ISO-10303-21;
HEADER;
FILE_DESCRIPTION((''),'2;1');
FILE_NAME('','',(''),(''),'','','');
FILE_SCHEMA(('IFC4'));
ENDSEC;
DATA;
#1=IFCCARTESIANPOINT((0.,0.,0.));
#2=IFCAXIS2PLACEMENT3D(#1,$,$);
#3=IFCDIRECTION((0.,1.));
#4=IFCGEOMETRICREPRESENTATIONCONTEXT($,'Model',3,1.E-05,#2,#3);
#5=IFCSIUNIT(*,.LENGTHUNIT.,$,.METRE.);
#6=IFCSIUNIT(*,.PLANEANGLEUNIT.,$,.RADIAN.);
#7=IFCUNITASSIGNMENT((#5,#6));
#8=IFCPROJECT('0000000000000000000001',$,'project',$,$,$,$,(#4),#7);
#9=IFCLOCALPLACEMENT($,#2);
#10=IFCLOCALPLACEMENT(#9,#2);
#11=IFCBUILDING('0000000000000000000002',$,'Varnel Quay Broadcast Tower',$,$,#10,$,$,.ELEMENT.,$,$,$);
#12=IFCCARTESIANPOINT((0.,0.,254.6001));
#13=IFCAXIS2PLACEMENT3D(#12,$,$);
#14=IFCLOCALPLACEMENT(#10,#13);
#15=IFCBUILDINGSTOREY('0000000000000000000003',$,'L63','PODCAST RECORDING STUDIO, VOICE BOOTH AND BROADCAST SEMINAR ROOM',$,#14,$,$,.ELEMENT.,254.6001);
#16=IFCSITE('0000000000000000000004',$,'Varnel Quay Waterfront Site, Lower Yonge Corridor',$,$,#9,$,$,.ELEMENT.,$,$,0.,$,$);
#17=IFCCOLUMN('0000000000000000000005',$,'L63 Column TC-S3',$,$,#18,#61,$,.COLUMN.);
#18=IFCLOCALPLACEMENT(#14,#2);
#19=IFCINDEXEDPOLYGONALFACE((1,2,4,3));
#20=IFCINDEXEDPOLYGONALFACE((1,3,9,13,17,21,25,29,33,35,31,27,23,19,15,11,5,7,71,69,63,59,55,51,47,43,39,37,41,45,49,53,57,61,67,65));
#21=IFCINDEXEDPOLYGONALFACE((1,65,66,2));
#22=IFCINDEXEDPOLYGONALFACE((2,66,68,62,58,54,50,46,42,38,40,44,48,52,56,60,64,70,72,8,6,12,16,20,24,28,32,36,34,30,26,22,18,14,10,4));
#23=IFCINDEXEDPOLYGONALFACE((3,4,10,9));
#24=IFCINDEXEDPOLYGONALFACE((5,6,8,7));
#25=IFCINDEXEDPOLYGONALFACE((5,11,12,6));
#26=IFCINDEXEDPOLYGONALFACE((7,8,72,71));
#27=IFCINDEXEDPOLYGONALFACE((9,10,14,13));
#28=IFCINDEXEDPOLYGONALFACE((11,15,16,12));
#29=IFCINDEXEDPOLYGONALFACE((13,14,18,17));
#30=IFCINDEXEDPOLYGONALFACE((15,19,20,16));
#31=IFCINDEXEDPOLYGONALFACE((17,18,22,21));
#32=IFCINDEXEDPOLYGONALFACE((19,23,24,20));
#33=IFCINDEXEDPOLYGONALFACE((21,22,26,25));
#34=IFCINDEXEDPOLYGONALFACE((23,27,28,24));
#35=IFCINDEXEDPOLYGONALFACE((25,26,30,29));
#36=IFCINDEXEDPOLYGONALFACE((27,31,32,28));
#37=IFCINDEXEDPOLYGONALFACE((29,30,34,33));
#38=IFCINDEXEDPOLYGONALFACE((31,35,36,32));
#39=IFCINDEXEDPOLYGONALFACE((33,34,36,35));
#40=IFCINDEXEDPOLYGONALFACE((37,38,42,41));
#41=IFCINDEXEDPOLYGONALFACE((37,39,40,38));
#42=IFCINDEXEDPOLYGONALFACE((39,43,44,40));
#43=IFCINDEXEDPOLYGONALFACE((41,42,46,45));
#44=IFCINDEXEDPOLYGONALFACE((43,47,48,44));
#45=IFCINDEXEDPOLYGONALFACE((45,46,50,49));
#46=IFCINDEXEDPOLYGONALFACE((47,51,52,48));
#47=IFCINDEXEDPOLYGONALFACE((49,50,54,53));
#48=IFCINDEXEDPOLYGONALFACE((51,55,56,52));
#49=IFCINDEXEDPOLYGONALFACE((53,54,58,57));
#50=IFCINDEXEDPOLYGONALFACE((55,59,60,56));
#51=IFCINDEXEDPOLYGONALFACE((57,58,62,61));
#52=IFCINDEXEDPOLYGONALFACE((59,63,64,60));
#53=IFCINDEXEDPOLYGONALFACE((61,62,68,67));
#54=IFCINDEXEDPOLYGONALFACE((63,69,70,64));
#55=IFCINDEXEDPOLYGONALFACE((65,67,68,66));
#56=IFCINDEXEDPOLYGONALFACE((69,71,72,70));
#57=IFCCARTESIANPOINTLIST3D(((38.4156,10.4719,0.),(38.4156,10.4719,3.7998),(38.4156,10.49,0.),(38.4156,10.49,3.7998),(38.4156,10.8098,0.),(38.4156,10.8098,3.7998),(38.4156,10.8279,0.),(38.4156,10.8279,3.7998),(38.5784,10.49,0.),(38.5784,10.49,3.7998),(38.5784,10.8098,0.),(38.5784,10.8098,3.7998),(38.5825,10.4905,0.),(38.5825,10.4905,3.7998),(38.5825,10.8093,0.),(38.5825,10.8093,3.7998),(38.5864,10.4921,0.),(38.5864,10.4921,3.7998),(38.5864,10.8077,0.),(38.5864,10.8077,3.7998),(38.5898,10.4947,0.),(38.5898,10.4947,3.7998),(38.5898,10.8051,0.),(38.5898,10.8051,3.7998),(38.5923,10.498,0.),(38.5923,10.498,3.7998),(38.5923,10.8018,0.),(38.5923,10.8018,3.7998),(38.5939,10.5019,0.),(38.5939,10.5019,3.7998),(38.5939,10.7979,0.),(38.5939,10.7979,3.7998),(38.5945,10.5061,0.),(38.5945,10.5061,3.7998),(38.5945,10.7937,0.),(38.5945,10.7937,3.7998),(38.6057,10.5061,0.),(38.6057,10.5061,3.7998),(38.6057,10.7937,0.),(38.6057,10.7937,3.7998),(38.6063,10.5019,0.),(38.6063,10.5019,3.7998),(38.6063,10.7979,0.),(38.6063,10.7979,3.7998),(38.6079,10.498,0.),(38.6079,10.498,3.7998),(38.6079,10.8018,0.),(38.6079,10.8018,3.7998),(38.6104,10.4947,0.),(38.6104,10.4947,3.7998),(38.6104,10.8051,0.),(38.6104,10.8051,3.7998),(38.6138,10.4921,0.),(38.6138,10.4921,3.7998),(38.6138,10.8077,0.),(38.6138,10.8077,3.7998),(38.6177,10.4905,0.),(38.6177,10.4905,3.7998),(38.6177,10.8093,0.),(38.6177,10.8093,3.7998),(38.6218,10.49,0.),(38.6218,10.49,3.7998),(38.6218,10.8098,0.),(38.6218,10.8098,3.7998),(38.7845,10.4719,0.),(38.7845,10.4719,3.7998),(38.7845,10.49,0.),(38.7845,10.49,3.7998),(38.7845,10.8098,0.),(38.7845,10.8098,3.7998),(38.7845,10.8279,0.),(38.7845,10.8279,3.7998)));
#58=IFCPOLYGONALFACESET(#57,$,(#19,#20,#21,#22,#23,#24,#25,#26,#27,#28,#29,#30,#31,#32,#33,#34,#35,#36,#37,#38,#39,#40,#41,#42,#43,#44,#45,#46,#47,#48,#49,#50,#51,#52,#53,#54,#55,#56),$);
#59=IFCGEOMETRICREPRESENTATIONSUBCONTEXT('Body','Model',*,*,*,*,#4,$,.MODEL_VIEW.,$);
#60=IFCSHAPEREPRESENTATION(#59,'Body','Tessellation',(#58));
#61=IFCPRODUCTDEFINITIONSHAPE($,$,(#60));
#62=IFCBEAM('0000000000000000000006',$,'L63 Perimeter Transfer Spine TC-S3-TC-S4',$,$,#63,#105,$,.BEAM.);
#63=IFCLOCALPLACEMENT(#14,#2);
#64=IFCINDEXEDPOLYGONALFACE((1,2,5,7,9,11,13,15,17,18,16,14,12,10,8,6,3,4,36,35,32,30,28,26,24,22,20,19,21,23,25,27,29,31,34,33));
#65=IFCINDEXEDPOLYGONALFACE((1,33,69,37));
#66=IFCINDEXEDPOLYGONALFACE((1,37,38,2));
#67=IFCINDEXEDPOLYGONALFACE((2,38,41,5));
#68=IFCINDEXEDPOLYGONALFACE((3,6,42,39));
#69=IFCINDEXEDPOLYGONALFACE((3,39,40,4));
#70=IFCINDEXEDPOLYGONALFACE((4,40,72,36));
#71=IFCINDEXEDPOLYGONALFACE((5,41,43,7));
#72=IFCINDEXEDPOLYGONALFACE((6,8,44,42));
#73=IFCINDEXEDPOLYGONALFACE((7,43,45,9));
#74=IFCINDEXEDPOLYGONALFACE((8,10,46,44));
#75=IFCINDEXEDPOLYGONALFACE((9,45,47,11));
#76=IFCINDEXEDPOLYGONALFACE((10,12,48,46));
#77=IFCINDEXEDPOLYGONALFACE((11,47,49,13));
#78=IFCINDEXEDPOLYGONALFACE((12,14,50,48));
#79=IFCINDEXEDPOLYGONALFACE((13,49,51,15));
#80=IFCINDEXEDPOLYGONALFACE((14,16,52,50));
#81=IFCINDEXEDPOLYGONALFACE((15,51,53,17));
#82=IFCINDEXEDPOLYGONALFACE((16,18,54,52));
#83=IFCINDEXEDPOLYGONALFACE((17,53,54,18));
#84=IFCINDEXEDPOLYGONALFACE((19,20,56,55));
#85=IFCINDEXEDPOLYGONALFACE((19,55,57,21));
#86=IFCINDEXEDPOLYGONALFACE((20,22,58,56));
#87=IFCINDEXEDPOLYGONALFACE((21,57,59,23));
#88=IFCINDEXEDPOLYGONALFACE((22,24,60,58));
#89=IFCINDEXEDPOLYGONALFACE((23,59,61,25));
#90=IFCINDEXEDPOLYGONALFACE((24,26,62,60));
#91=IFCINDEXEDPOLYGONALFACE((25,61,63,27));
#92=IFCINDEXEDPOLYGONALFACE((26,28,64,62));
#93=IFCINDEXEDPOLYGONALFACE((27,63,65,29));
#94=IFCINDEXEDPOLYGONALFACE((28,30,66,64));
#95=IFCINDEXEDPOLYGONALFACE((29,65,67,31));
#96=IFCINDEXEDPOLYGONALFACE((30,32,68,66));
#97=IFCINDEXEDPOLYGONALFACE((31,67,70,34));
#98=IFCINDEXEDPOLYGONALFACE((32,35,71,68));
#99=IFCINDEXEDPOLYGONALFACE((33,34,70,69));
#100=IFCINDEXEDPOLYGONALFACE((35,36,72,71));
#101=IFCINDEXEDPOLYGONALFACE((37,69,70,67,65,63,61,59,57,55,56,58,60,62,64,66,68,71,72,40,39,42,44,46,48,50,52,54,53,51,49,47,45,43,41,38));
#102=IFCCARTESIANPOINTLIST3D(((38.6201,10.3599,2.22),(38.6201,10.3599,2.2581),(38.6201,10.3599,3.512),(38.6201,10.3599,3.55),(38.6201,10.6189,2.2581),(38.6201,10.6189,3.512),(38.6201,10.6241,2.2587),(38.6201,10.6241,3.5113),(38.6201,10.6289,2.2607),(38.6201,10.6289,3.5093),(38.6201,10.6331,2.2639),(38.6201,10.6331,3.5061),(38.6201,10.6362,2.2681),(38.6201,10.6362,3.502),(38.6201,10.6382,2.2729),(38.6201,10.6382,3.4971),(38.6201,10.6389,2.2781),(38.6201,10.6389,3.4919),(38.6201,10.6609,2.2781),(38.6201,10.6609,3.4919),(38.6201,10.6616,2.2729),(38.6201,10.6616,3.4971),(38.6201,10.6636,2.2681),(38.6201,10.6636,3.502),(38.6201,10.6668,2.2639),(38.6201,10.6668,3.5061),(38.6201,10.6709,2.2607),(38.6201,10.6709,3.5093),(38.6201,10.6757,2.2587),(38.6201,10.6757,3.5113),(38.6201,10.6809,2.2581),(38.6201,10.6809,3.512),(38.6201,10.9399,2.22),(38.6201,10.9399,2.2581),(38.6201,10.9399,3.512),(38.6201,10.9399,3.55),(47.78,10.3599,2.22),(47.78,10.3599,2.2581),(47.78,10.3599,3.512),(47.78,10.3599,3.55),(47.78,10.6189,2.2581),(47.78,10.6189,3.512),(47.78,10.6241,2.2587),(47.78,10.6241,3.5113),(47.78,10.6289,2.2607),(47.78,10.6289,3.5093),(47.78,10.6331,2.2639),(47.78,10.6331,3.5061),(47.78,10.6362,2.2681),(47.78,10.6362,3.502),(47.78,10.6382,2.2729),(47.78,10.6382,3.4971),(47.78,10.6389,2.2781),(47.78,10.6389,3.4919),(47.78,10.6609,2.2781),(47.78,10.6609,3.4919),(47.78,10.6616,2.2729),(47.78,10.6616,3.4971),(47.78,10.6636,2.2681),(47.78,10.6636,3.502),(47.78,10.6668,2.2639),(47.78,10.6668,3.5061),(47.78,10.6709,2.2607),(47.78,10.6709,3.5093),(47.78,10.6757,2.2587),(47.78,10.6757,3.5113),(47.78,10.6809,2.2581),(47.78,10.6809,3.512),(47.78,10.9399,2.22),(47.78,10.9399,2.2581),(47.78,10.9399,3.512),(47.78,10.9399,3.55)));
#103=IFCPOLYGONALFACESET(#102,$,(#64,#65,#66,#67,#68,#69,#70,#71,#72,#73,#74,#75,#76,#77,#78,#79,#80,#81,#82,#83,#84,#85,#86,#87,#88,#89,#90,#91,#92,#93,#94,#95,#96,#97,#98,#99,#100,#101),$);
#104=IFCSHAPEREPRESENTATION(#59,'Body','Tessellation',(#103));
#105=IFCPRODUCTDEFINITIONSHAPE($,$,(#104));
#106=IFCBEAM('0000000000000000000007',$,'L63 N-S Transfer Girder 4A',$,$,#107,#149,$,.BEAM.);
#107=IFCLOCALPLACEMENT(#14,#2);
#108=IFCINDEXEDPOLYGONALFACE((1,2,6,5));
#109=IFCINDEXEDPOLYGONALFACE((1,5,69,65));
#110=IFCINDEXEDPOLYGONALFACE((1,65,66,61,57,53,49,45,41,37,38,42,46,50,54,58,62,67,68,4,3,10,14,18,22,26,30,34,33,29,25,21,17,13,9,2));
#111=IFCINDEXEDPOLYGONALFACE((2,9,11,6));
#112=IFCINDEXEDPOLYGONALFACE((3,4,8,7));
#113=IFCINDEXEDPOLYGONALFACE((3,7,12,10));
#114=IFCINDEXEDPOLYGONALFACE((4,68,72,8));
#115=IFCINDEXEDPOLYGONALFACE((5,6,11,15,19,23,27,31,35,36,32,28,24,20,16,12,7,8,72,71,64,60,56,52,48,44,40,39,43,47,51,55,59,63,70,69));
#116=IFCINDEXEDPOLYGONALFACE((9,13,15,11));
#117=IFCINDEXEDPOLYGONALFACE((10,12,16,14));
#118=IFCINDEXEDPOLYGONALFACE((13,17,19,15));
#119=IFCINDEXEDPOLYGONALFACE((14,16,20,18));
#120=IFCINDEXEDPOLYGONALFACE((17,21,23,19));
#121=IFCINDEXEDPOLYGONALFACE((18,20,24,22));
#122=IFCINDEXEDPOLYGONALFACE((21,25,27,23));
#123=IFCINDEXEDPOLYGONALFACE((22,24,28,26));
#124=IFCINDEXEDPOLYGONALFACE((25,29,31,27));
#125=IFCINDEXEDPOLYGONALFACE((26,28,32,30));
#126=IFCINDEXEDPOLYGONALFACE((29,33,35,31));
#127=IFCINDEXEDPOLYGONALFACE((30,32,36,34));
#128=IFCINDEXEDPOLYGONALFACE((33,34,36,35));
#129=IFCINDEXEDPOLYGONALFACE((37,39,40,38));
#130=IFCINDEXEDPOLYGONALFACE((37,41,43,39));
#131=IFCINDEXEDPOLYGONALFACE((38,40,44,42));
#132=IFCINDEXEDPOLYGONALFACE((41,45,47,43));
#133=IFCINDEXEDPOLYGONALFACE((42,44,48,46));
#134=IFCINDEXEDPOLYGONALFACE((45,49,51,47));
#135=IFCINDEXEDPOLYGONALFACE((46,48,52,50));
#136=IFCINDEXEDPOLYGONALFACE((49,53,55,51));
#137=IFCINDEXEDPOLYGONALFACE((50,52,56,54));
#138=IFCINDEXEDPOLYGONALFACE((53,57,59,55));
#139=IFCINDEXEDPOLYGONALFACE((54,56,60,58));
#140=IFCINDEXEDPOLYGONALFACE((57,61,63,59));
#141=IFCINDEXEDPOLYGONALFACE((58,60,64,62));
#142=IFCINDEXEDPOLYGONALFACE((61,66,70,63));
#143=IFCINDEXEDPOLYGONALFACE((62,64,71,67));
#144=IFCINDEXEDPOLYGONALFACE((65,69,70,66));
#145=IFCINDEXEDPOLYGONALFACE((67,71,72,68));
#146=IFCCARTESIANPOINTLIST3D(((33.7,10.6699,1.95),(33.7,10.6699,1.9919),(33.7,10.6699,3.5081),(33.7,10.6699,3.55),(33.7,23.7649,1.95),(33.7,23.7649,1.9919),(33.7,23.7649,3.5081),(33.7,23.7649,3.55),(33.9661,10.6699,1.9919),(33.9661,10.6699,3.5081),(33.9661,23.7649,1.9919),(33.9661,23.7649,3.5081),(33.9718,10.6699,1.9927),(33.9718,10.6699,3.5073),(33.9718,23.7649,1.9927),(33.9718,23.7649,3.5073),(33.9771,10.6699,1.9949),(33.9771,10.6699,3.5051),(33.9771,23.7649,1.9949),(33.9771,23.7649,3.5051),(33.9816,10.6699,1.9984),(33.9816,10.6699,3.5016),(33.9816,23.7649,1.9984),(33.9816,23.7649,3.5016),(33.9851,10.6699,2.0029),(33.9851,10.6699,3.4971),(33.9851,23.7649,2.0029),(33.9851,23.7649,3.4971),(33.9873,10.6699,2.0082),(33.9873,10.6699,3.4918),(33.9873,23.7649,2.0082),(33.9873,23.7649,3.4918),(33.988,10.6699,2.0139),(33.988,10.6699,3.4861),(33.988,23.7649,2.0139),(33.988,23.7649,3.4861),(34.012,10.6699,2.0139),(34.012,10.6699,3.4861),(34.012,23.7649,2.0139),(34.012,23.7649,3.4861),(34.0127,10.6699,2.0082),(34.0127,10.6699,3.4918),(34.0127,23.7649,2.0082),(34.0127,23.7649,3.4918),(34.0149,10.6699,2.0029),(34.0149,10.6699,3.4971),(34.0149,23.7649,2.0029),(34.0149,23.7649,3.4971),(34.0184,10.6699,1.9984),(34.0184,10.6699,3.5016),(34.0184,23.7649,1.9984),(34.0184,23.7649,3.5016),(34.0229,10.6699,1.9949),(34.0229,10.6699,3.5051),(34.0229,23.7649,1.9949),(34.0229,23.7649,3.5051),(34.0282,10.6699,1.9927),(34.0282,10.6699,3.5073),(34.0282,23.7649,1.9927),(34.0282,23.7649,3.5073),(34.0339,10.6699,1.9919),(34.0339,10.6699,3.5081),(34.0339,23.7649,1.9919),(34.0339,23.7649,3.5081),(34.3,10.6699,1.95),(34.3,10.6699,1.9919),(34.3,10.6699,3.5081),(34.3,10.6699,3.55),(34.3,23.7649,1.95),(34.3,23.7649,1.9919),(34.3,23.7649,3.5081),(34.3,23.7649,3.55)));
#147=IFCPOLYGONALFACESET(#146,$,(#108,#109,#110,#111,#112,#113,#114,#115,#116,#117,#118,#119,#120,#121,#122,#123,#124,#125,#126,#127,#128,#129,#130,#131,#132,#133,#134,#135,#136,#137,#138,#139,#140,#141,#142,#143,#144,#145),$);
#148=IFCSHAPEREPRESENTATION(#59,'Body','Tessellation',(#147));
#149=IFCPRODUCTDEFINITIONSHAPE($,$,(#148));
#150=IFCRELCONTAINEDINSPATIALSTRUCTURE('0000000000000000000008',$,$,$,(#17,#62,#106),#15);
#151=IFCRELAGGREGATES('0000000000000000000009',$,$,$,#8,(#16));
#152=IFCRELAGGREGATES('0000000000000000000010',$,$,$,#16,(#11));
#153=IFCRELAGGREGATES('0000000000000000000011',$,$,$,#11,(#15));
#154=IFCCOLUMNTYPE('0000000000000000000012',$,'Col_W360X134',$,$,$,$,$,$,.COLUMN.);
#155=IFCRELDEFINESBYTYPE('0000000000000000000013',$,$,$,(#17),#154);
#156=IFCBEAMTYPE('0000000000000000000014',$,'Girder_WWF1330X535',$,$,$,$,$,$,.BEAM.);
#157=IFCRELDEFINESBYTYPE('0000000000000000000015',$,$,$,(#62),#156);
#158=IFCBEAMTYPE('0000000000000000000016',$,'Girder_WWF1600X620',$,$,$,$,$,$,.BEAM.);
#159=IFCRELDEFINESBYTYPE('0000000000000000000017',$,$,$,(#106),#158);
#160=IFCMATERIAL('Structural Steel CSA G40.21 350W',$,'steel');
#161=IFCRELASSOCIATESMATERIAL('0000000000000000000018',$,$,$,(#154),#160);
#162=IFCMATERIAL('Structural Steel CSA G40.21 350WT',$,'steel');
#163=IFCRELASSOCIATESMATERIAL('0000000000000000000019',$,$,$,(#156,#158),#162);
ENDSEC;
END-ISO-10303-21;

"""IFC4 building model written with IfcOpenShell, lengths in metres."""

from ifc_helpers import new_model, si_unit, direction, frame, origin, origin_2d, place, context, subcontext, project, spatial, i_section, extrude, source, transform, mapped, material, material_profile, profile_set, type_object, type_shapes, element, save


model = new_model("IFC4")

# Units and contexts
model_context = context("Model", 3, precision=1e-05, world=origin(), true_north=direction((0.0, 1.0)))
body_context = subcontext(model_context, "Body", "Model", "MODEL_VIEW")
ifc_project = project(units=[si_unit("LENGTHUNIT", "METRE"), si_unit("PLANEANGLEUNIT", "RADIAN")], contexts=[model_context])

# Site, building, storey
site_placement = place(None, origin())
site = spatial("IfcSite", under=ifc_project, at=site_placement, Name="Varnel Quay Waterfront Site, Lower Yonge Corridor", CompositionType="ELEMENT", RefElevation=0.0)
building_placement = place(site_placement, origin())
building = spatial("IfcBuilding", under=site, at=building_placement, Name="Varnel Quay Broadcast Tower", CompositionType="ELEMENT")
storey_placement = place(building_placement, frame((0.0, 0.0, 254.6001)))
storey = spatial("IfcBuildingStorey", under=building, at=storey_placement, Name="L63", Description="PODCAST RECORDING STUDIO, VOICE BOOTH AND BROADCAST SEMINAR ROOM", CompositionType="ELEMENT", Elevation=254.6001)

# Column
ifc_material_1 = material(Name="Structural Steel CSA G40.21 350W", Category="steel")
ifc_material_profile_1 = material_profile(ifc_material_1, i_section(OverallWidth=0.3689, OverallDepth=0.356, WebThickness=0.0112, FlangeThickness=0.0181, FilletRadius=0.0161, at=origin_2d()), Name="W360X134")
ifc_profile_set_1 = profile_set([ifc_material_profile_1], Name="Structural Steel CSA G40.21 350W")
column_type = type_object("IfcColumnType", Name="Col_W360X134", PredefinedType="COLUMN", material=ifc_profile_set_1)
shared_shape_1 = source(origin(), body_context, "Body", "SweptSolid", [
    extrude(i_section(OverallWidth=0.3689, OverallDepth=0.356, WebThickness=0.0112, FlangeThickness=0.0181, FilletRadius=0.0161, at=origin_2d()), origin(), (0.0, 0.0, 1.0), 3.7998),
])
type_shapes(column_type, [shared_shape_1])
column_placement = place(storey_placement, frame((38.6001, 10.6499, 0.0), z_axis=(0.0, 0.0, 1.0), x_axis=(1.0, 0.0, 0.0)))
element("IfcColumn", 1, at=column_placement, inside=storey, type_object=column_type, Name="L63 Column TC-S3", PredefinedType="COLUMN", context=body_context, shape_type="MappedRepresentation", body=[
    mapped(shared_shape_1, transform((0.0, 0.0, 0.0), x_axis=(1.0, 0.0, 0.0), y_axis=(0.0, 1.0, 0.0), z_axis=(0.0, 0.0, 1.0), scale=1.0)),
])

# Beams
ifc_material_2 = material(Name="Structural Steel CSA G40.21 350WT", Category="steel")
ifc_material_profile_2 = material_profile(ifc_material_2, i_section(OverallWidth=0.5801, OverallDepth=1.3301, WebThickness=0.022, FlangeThickness=0.0381, FilletRadius=0.02, at=origin_2d()), Name="WWF1330X535")
ifc_profile_set_2 = profile_set([ifc_material_profile_2], Name="Structural Steel CSA G40.21 350WT")
beam_type_1 = type_object("IfcBeamType", Name="Girder_WWF1330X535", PredefinedType="BEAM", material=ifc_profile_set_2)
shared_shape_2 = source(origin(), body_context, "Body", "SweptSolid", [
    extrude(i_section(OverallWidth=0.5801, OverallDepth=1.3301, WebThickness=0.022, FlangeThickness=0.0381, FilletRadius=0.02, at=origin_2d()), origin(), (0.0, 0.0, 1.0), 9.1599),
])
beam_1_placement = place(storey_placement, frame((38.6201, 10.6499, 2.885), z_axis=(1.0, 0.0, 0.0), x_axis=(0.0, 1.0, 0.0)))
element("IfcBeam", 2, at=beam_1_placement, inside=storey, type_object=beam_type_1, Name="L63 Perimeter Transfer Spine TC-S3-TC-S4", PredefinedType="BEAM", context=body_context, shape_type="MappedRepresentation", body=[
    mapped(shared_shape_2, transform((0.0, 0.0, 0.0), x_axis=(1.0, 0.0, 0.0), y_axis=(0.0, 1.0, 0.0), z_axis=(0.0, 0.0, 1.0), scale=1.0)),
])
ifc_material_profile_3 = material_profile(ifc_material_2, i_section(OverallWidth=0.6001, OverallDepth=1.6001, WebThickness=0.0239, FlangeThickness=0.042, FilletRadius=0.022, at=origin_2d()), Name="WWF1600X620")
ifc_profile_set_3 = profile_set([ifc_material_profile_3], Name="Structural Steel CSA G40.21 350WT")
beam_type_2 = type_object("IfcBeamType", Name="Girder_WWF1600X620", PredefinedType="BEAM", material=ifc_profile_set_3)
shared_shape_3 = source(origin(), body_context, "Body", "SweptSolid", [
    extrude(i_section(OverallWidth=0.6001, OverallDepth=1.6001, WebThickness=0.0239, FlangeThickness=0.042, FilletRadius=0.022, at=origin_2d()), origin(), (0.0, 0.0, 1.0), 13.095),
])
type_shapes(beam_type_2, [shared_shape_3])
for number, where, z_axis, x_axis, name in (
    (3, (34.0, 10.6699, 2.75), (0.0, 1.0, 0.0), (-1.0, 0.0, 0.0), "L63 N-S Transfer Girder 4A"),
):
    element("IfcBeam", number, at=place(storey_placement, frame(where, z_axis=z_axis, x_axis=x_axis)), inside=storey, type_object=beam_type_2, Name=name, PredefinedType="BEAM", context=body_context, shape_type="MappedRepresentation", body=[
        mapped(shared_shape_3, transform((0.0, 0.0, 0.0), x_axis=(1.0, 0.0, 0.0), y_axis=(0.0, 1.0, 0.0), z_axis=(0.0, 0.0, 1.0), scale=1.0)),
    ])

save(model, "model.ifc")
